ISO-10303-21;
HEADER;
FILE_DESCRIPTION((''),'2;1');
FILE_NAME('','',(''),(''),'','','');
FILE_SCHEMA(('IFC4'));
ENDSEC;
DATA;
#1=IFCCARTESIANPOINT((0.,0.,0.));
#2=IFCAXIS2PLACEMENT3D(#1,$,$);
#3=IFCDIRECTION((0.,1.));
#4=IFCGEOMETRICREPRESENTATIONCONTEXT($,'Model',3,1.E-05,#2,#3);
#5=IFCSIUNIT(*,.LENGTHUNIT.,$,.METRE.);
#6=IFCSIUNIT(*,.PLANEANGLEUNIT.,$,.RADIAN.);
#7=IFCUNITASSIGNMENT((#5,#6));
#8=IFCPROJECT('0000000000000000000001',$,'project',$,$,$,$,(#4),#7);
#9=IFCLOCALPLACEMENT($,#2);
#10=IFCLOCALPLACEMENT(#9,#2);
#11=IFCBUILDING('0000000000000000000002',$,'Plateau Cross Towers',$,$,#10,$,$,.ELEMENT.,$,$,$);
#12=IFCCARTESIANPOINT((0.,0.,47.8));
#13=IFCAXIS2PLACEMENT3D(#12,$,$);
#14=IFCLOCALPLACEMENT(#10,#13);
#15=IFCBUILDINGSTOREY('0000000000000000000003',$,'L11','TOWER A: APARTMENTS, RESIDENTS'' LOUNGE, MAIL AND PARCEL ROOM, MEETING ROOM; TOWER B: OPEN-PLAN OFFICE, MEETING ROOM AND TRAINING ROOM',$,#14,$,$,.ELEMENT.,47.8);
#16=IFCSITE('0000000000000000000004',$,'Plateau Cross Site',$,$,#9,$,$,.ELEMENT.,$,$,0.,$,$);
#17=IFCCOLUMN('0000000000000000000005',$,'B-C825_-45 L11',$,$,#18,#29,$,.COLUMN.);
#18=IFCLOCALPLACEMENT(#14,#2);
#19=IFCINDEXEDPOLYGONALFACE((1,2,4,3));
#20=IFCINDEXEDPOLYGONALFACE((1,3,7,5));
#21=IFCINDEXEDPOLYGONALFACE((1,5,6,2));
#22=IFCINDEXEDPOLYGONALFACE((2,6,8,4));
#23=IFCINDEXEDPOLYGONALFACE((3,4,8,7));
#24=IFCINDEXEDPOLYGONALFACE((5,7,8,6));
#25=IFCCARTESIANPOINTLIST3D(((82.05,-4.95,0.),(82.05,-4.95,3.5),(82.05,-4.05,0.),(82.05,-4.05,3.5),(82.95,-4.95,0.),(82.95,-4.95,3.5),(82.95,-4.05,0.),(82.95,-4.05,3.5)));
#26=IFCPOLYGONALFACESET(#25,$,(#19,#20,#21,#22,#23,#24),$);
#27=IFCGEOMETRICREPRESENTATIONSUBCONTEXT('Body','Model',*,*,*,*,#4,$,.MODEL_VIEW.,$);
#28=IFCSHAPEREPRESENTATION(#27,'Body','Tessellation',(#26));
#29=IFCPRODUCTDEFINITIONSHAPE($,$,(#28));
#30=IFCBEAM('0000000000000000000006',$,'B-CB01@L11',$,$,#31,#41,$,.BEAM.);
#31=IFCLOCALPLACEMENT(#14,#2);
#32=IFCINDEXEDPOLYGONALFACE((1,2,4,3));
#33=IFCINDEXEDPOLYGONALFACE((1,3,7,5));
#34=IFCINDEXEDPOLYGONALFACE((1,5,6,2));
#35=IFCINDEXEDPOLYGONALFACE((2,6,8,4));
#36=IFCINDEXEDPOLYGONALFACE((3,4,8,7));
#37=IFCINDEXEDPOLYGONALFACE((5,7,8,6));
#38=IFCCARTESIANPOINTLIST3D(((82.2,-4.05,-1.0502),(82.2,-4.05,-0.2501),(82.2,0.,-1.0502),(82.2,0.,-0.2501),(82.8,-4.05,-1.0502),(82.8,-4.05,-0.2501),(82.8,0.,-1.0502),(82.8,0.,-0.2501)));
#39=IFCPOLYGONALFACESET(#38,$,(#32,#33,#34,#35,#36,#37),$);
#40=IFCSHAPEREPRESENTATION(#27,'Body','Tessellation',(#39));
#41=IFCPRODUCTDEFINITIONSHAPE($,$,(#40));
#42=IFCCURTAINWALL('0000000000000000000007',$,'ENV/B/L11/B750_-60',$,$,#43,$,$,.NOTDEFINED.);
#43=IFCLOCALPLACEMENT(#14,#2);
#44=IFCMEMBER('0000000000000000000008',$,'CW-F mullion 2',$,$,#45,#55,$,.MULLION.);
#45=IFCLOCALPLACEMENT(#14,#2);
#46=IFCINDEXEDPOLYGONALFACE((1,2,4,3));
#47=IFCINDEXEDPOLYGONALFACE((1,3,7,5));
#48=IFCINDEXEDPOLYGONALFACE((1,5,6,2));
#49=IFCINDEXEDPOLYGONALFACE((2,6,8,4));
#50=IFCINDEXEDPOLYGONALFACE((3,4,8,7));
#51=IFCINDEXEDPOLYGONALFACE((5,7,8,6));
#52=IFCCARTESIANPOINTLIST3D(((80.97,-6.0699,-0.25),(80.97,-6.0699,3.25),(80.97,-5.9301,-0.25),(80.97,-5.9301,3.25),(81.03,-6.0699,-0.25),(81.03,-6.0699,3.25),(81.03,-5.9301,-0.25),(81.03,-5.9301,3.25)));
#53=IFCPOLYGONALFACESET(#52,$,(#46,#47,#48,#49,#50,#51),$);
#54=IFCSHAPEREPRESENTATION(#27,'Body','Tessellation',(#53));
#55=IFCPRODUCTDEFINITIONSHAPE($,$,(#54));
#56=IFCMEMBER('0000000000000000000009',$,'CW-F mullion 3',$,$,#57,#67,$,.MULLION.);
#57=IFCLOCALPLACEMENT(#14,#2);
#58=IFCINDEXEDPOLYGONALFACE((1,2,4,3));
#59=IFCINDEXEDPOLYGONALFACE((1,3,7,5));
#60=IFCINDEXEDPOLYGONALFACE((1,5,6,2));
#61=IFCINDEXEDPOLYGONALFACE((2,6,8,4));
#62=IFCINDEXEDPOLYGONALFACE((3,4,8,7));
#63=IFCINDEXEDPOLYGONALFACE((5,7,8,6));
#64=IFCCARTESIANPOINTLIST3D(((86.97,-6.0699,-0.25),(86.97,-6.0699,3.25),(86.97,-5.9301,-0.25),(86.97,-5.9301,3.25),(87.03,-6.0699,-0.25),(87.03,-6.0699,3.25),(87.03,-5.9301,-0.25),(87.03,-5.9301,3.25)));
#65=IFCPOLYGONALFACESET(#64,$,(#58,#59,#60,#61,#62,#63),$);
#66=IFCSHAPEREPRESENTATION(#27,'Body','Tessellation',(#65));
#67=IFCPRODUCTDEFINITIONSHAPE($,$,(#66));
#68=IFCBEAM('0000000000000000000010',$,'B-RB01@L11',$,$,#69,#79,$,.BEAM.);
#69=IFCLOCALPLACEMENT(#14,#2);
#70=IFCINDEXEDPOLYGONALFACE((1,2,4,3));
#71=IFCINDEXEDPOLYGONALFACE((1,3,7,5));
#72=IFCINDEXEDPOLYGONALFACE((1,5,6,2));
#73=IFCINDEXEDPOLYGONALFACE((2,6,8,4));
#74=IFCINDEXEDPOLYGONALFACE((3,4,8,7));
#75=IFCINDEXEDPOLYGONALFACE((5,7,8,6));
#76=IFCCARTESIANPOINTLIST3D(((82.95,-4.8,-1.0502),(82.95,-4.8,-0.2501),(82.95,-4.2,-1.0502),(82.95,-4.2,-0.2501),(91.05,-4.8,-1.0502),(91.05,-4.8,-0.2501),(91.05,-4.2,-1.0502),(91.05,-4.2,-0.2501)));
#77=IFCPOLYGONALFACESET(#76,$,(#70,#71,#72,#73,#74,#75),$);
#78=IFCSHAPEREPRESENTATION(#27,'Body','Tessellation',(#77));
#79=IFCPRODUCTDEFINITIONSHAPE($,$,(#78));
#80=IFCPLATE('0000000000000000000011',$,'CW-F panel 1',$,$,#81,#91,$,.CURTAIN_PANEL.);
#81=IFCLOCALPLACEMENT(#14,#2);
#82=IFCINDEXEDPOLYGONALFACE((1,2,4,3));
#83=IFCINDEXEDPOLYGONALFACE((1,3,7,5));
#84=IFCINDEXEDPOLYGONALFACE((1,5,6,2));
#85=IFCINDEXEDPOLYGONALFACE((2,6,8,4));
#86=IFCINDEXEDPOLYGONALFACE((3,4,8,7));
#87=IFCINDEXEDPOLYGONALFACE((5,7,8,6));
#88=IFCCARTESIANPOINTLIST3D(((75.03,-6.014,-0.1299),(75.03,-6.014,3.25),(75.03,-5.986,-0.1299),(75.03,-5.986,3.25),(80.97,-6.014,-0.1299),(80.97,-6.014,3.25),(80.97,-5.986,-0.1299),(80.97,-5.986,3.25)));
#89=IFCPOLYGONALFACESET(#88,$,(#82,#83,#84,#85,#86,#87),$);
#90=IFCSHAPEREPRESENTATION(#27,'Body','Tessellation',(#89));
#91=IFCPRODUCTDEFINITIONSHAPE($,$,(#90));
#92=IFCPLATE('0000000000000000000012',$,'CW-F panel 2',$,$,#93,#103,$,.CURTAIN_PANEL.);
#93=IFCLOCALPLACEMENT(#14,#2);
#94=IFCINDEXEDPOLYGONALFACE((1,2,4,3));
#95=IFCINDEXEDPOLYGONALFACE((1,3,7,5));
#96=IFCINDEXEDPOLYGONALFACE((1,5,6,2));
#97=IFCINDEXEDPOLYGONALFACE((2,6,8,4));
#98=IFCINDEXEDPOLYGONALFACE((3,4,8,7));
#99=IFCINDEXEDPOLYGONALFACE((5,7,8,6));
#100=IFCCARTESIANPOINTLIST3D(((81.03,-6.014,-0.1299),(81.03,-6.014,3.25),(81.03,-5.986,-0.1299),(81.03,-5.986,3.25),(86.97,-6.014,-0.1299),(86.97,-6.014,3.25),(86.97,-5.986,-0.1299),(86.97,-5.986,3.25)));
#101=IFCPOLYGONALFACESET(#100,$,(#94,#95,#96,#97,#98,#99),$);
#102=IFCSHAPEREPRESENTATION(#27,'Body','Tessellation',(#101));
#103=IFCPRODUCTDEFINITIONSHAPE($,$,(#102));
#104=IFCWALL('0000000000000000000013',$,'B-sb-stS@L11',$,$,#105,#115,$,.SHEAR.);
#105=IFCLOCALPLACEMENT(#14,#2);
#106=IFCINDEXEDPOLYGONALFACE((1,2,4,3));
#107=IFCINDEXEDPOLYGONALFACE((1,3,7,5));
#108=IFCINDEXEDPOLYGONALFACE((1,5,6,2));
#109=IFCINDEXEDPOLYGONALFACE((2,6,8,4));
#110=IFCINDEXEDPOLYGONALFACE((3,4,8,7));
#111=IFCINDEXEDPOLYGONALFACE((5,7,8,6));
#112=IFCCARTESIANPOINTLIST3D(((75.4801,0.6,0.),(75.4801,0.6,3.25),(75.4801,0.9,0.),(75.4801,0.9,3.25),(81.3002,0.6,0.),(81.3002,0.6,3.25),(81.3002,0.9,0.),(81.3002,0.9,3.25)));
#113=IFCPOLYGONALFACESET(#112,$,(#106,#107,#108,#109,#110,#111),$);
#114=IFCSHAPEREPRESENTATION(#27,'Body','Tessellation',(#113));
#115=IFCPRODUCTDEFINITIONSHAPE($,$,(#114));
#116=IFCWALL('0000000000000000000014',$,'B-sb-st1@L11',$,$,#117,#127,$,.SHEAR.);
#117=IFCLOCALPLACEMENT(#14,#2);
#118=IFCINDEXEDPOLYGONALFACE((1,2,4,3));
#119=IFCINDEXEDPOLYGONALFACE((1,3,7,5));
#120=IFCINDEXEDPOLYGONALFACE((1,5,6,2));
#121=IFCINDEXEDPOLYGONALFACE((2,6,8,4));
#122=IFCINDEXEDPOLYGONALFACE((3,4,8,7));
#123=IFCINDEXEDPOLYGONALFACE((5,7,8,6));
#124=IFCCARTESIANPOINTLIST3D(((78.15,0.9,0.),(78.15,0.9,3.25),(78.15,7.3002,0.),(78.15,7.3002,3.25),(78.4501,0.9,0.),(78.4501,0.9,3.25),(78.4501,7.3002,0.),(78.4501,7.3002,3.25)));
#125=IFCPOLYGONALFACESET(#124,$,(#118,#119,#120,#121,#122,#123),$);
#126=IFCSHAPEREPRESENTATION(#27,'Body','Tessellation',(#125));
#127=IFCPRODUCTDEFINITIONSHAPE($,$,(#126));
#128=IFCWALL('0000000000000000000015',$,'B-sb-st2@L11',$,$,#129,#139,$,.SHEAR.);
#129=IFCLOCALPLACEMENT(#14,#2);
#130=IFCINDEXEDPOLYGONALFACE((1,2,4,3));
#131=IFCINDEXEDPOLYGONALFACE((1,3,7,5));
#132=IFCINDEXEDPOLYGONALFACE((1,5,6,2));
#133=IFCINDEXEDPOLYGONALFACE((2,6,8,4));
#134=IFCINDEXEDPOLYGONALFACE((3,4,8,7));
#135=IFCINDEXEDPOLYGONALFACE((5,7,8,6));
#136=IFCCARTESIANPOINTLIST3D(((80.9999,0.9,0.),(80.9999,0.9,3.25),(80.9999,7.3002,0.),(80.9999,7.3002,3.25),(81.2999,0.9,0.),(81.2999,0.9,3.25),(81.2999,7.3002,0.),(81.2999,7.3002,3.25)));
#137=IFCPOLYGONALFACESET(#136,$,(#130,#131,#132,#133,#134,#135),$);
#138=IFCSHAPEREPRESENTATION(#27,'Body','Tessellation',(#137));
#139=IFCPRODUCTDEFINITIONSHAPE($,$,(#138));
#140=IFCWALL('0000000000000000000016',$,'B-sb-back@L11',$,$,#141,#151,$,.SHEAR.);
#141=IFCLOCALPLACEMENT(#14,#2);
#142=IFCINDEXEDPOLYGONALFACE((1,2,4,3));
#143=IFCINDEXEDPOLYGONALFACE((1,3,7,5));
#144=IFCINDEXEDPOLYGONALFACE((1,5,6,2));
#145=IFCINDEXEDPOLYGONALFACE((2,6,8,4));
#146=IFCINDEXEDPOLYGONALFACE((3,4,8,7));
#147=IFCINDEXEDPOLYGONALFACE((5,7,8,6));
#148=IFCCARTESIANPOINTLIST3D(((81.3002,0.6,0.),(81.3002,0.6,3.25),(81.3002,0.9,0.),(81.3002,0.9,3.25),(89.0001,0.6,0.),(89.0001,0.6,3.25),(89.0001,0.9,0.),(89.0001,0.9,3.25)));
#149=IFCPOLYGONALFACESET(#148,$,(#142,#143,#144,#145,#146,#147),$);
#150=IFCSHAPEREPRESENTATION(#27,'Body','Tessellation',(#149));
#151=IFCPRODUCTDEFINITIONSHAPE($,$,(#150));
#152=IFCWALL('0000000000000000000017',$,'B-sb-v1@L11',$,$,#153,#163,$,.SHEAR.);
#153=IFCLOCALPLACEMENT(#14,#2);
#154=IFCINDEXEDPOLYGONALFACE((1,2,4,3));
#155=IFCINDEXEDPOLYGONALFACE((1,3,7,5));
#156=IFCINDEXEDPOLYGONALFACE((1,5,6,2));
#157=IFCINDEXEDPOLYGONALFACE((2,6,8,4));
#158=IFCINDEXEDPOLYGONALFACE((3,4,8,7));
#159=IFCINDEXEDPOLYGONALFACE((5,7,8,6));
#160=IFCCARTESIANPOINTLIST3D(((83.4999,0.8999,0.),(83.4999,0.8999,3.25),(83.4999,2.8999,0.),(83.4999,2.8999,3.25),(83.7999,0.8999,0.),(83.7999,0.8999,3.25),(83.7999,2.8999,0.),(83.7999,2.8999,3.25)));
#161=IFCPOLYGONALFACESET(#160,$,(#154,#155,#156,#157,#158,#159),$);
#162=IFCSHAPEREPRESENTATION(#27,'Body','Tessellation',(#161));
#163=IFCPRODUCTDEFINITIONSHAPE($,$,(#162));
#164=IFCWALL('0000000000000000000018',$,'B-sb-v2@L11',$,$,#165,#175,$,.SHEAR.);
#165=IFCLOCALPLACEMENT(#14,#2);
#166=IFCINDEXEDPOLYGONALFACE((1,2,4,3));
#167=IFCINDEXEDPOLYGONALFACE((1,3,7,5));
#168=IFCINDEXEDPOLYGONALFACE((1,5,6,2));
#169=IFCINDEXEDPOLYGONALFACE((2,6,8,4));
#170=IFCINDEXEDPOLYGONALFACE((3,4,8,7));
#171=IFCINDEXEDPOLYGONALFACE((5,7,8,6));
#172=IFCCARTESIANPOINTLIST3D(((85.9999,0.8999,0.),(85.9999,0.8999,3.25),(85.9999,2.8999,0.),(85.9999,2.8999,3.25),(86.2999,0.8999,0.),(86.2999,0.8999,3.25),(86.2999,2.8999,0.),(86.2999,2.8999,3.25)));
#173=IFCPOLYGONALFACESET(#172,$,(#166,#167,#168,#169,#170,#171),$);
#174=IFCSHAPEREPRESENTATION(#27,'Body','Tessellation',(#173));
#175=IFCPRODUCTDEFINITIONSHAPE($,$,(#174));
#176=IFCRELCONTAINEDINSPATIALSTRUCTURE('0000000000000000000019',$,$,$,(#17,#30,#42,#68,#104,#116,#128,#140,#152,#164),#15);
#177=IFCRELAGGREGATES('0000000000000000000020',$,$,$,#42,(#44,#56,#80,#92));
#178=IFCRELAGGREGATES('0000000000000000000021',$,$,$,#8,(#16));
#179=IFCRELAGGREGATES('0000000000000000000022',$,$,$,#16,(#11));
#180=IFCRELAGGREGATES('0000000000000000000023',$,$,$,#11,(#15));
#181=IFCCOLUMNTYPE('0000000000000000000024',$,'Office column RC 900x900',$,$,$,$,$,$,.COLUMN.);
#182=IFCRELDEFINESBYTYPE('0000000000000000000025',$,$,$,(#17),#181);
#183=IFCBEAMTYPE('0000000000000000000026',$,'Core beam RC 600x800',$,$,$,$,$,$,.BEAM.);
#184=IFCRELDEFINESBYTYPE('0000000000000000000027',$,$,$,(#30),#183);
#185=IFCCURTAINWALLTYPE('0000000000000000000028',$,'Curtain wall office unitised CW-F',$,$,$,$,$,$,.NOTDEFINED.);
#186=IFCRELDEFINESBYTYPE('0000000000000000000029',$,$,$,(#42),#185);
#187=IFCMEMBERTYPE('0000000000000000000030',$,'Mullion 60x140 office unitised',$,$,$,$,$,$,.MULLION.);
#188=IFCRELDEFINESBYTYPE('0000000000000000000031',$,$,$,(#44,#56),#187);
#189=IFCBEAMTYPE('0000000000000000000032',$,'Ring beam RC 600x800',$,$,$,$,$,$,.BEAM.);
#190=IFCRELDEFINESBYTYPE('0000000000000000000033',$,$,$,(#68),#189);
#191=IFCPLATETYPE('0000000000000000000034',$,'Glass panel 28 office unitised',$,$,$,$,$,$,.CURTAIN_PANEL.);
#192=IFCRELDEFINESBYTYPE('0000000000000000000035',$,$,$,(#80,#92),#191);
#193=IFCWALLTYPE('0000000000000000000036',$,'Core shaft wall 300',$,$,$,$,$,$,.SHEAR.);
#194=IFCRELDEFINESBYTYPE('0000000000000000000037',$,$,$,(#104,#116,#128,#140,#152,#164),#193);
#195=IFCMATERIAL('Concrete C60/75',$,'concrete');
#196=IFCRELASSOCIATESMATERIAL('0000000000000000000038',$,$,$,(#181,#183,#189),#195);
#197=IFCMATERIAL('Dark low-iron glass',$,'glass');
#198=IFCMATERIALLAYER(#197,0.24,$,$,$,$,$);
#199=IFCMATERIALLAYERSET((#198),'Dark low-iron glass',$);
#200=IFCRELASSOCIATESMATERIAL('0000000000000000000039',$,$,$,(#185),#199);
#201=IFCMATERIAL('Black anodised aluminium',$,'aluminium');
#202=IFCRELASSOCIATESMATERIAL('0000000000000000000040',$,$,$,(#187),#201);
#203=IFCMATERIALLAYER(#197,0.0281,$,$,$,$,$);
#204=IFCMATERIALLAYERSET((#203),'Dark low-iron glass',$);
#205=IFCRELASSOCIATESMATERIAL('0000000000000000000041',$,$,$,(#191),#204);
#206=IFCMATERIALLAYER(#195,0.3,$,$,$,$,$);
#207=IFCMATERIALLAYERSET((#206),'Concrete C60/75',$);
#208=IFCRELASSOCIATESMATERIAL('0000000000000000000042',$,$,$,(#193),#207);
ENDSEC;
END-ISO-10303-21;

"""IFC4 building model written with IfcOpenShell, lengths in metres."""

from ifc_helpers import new_model, si_unit, direction, frame, frame_2d, origin, origin_2d, place, context, subcontext, project, spatial, rectangle, extrude, material, layer, layer_set, material_profile, profile_set, type_object, element, aggregate, save


model = new_model("IFC4")

# Units and contexts
model_context = context("Model", 3, precision=1e-05, world=origin(), true_north=direction((0.0, 1.0)))
body_context = subcontext(model_context, "Body", "Model", "MODEL_VIEW")
ifc_project = project(units=[si_unit("LENGTHUNIT", "METRE"), si_unit("PLANEANGLEUNIT", "RADIAN")], contexts=[model_context])

# Site, building, storey
site_placement = place(None, origin())
site = spatial("IfcSite", under=ifc_project, at=site_placement, Name="Plateau Cross Site", CompositionType="ELEMENT", RefElevation=0.0)
building_placement = place(site_placement, origin())
building = spatial("IfcBuilding", under=site, at=building_placement, Name="Plateau Cross Towers", CompositionType="ELEMENT")
storey_placement = place(building_placement, frame((0.0, 0.0, 47.8)))
storey = spatial("IfcBuildingStorey", under=building, at=storey_placement, Name="L11", Description="TOWER A: APARTMENTS, RESIDENTS' LOUNGE, MAIL AND PARCEL ROOM, MEETING ROOM; TOWER B: OPEN-PLAN OFFICE, MEETING ROOM AND TRAINING ROOM", CompositionType="ELEMENT", Elevation=47.8)

# Column
ifc_material_1 = material(Name="Concrete C60/75", Category="concrete")
ifc_material_profile_1 = material_profile(ifc_material_1, rectangle(XDim=0.8999, YDim=0.8999, at=origin_2d()), Name="RC 900x900")
ifc_profile_set_1 = profile_set([ifc_material_profile_1], Name="Concrete C60/75")
column_type = type_object("IfcColumnType", Name="Office column RC 900x900", PredefinedType="COLUMN", material=ifc_profile_set_1)
column_placement = place(storey_placement, frame((82.5, -4.5, 0.0), z_axis=(0.0, 0.0, 1.0), x_axis=(1.0, 0.0, 0.0)))
element("IfcColumn", 1, at=column_placement, inside=storey, type_object=column_type, Name="B-C825_-45 L11", PredefinedType="COLUMN", context=body_context, shape_type="SweptSolid", body=[
    extrude(rectangle(XDim=0.8999, YDim=0.8999, at=origin_2d()), origin(), (0.0, 0.0, 1.0), 3.5),
])

# Beam
ifc_material_profile_2 = material_profile(ifc_material_1, rectangle(XDim=0.6001, YDim=0.8, at=origin_2d()), Name="RC 600x800")
ifc_profile_set_2 = profile_set([ifc_material_profile_2], Name="Concrete C60/75")
beam_type_1 = type_object("IfcBeamType", Name="Core beam RC 600x800", PredefinedType="BEAM", material=ifc_profile_set_2)
beam_1_placement = place(storey_placement, frame((82.5, 0.0, -0.6501), z_axis=(0.0, -1.0, 0.0), x_axis=(1.0, 0.0, 0.0)))
element("IfcBeam", 2, at=beam_1_placement, inside=storey, type_object=beam_type_1, Name="B-CB01@L11", PredefinedType="BEAM", context=body_context, shape_type="SweptSolid", body=[
    extrude(rectangle(XDim=0.6001, YDim=0.8, at=origin_2d()), origin(), (0.0, 0.0, 1.0), 4.05),
])

# Curtain wall, members
ifc_material_2 = material(Name="Dark low-iron glass", Category="glass")
ifc_layer_1 = layer(ifc_material_2, 0.24)
ifc_layer_set_1 = layer_set([ifc_layer_1], Name="Dark low-iron glass")
curtain_wall_type = type_object("IfcCurtainWallType", Name="Curtain wall office unitised CW-F", PredefinedType="NOTDEFINED", material=ifc_layer_set_1)
curtain_wall_placement = place(storey_placement, origin())
curtain_wall = element("IfcCurtainWall", 3, at=curtain_wall_placement, inside=storey, type_object=curtain_wall_type, Name="ENV/B/L11/B750_-60", PredefinedType="NOTDEFINED")
ifc_material_3 = material(Name="Black anodised aluminium", Category="aluminium")
ifc_material_profile_3 = material_profile(ifc_material_3, rectangle(XDim=0.0601, YDim=0.1399, at=origin_2d()), Name="MULLION 60x140")
ifc_profile_set_3 = profile_set([ifc_material_profile_3], Name="Black anodised aluminium")
member_type = type_object("IfcMemberType", Name="Mullion 60x140 office unitised", PredefinedType="MULLION", material=ifc_profile_set_3)
member_1_placement = place(storey_placement, frame((81.0, -6.0, -0.25), z_axis=(0.0, 0.0, 1.0), x_axis=(1.0, 0.0, 0.0)))
member_1 = element("IfcMember", 4, at=member_1_placement, type_object=member_type, Name="CW-F mullion 2", PredefinedType="MULLION", context=body_context, shape_type="SweptSolid", body=[
    extrude(rectangle(XDim=0.0601, YDim=0.1399, at=origin_2d()), origin(), (0.0, 0.0, 1.0), 3.5),
])
member_2_placement = place(storey_placement, frame((87.0, -6.0, -0.25), z_axis=(0.0, 0.0, 1.0), x_axis=(1.0, 0.0, 0.0)))
member_2 = element("IfcMember", 5, at=member_2_placement, type_object=member_type, Name="CW-F mullion 3", PredefinedType="MULLION", context=body_context, shape_type="SweptSolid", body=[
    extrude(rectangle(XDim=0.0601, YDim=0.1399, at=origin_2d()), origin(), (0.0, 0.0, 1.0), 3.5),
])

# Beam
ifc_material_profile_4 = material_profile(ifc_material_1, rectangle(XDim=0.6001, YDim=0.8, at=origin_2d()), Name="RC 600x800")
ifc_profile_set_4 = profile_set([ifc_material_profile_4], Name="Concrete C60/75")
beam_type_2 = type_object("IfcBeamType", Name="Ring beam RC 600x800", PredefinedType="BEAM", material=ifc_profile_set_4)
beam_2_placement = place(storey_placement, frame((82.95, -4.5, -0.6501), z_axis=(1.0, 0.0, 0.0), x_axis=(0.0, 1.0, 0.0)))
element("IfcBeam", 6, at=beam_2_placement, inside=storey, type_object=beam_type_2, Name="B-RB01@L11", PredefinedType="BEAM", context=body_context, shape_type="SweptSolid", body=[
    extrude(rectangle(XDim=0.6001, YDim=0.8, at=origin_2d()), origin(), (0.0, 0.0, 1.0), 8.1001),
])

# Plates
ifc_layer_2 = layer(ifc_material_2, 0.0281)
ifc_layer_set_2 = layer_set([ifc_layer_2], Name="Dark low-iron glass")
plate_type = type_object("IfcPlateType", Name="Glass panel 28 office unitised", PredefinedType="CURTAIN_PANEL", material=ifc_layer_set_2)
plate_1_placement = place(storey_placement, frame((78.0, -6.0, -0.1299), z_axis=(0.0, 0.0, 1.0), x_axis=(1.0, 0.0, 0.0)))
plate_1 = element("IfcPlate", 7, at=plate_1_placement, type_object=plate_type, Name="CW-F panel 1", PredefinedType="CURTAIN_PANEL", context=body_context, shape_type="SweptSolid", body=[
    extrude(rectangle(XDim=5.9399, YDim=0.0281, at=origin_2d()), origin(), (0.0, 0.0, 1.0), 3.3799),
])
plate_2_placement = place(storey_placement, frame((84.0, -6.0, -0.1299), z_axis=(0.0, 0.0, 1.0), x_axis=(1.0, 0.0, 0.0)))
plate_2 = element("IfcPlate", 8, at=plate_2_placement, type_object=plate_type, Name="CW-F panel 2", PredefinedType="CURTAIN_PANEL", context=body_context, shape_type="SweptSolid", body=[
    extrude(rectangle(XDim=5.9399, YDim=0.0281, at=origin_2d()), origin(), (0.0, 0.0, 1.0), 3.3799),
])
aggregate(curtain_wall, [member_1, member_2, plate_1, plate_2])

# Walls
ifc_layer_3 = layer(ifc_material_1, 0.3)
ifc_layer_set_3 = layer_set([ifc_layer_3], Name="Concrete C60/75")
wall_type_1 = type_object("IfcWallType", Name="Core shaft wall 300", PredefinedType="SHEAR", material=ifc_layer_set_3)
wall_1_placement = place(storey_placement, frame((75.48, 0.75, 0.0), z_axis=(0.0, 0.0, 1.0), x_axis=(1.0, 0.0, 0.0)))
element("IfcWall", 9, at=wall_1_placement, inside=storey, type_object=wall_type_1, Name="B-sb-stS@L11", PredefinedType="SHEAR", context=body_context, shape_type="SweptSolid", body=[
    extrude(rectangle(XDim=5.8201, YDim=0.3, at=frame_2d((2.9102, 0.0))), origin(), (0.0, 0.0, 1.0), 3.25),
])
for number, where, z_axis, x_axis, name in (
    (10, (78.3, 0.8999, 0.0), (0.0, 0.0, 1.0), (0.0, 1.0, 0.0), "B-sb-st1@L11"),
    (11, (81.1499, 0.8999, 0.0), (0.0, 0.0, 1.0), (0.0, 1.0, 0.0), "B-sb-st2@L11"),
):
    element("IfcWall", number, at=place(storey_placement, frame(where, z_axis=z_axis, x_axis=x_axis)), inside=storey, type_object=wall_type_1, Name=name, PredefinedType="SHEAR", context=body_context, shape_type="SweptSolid", body=[
        extrude(rectangle(XDim=6.4001, YDim=0.3, at=frame_2d((3.2002, 0.0))), origin(), (0.0, 0.0, 1.0), 3.25),
    ])
wall_2_placement = place(storey_placement, frame((81.3, 0.75, 0.0), z_axis=(0.0, 0.0, 1.0), x_axis=(1.0, 0.0, 0.0)))
element("IfcWall", 12, at=wall_2_placement, inside=storey, type_object=wall_type_1, Name="B-sb-back@L11", PredefinedType="SHEAR", context=body_context, shape_type="SweptSolid", body=[
    extrude(rectangle(XDim=7.7, YDim=0.3, at=frame_2d((3.8501, 0.0))), origin(), (0.0, 0.0, 1.0), 3.25),
])
for number, where, z_axis, x_axis, name in (
    (13, (83.6499, 0.8999, 0.0), (0.0, 0.0, 1.0), (0.0, 1.0, 0.0), "B-sb-v1@L11"),
    (14, (86.1499, 0.8999, 0.0), (0.0, 0.0, 1.0), (0.0, 1.0, 0.0), "B-sb-v2@L11"),
):
    element("IfcWall", number, at=place(storey_placement, frame(where, z_axis=z_axis, x_axis=x_axis)), inside=storey, type_object=wall_type_1, Name=name, PredefinedType="SHEAR", context=body_context, shape_type="SweptSolid", body=[
        extrude(rectangle(XDim=2.0, YDim=0.3, at=frame_2d((1.0, 0.0))), origin(), (0.0, 0.0, 1.0), 3.25),
    ])

save(model, "model.ifc")
